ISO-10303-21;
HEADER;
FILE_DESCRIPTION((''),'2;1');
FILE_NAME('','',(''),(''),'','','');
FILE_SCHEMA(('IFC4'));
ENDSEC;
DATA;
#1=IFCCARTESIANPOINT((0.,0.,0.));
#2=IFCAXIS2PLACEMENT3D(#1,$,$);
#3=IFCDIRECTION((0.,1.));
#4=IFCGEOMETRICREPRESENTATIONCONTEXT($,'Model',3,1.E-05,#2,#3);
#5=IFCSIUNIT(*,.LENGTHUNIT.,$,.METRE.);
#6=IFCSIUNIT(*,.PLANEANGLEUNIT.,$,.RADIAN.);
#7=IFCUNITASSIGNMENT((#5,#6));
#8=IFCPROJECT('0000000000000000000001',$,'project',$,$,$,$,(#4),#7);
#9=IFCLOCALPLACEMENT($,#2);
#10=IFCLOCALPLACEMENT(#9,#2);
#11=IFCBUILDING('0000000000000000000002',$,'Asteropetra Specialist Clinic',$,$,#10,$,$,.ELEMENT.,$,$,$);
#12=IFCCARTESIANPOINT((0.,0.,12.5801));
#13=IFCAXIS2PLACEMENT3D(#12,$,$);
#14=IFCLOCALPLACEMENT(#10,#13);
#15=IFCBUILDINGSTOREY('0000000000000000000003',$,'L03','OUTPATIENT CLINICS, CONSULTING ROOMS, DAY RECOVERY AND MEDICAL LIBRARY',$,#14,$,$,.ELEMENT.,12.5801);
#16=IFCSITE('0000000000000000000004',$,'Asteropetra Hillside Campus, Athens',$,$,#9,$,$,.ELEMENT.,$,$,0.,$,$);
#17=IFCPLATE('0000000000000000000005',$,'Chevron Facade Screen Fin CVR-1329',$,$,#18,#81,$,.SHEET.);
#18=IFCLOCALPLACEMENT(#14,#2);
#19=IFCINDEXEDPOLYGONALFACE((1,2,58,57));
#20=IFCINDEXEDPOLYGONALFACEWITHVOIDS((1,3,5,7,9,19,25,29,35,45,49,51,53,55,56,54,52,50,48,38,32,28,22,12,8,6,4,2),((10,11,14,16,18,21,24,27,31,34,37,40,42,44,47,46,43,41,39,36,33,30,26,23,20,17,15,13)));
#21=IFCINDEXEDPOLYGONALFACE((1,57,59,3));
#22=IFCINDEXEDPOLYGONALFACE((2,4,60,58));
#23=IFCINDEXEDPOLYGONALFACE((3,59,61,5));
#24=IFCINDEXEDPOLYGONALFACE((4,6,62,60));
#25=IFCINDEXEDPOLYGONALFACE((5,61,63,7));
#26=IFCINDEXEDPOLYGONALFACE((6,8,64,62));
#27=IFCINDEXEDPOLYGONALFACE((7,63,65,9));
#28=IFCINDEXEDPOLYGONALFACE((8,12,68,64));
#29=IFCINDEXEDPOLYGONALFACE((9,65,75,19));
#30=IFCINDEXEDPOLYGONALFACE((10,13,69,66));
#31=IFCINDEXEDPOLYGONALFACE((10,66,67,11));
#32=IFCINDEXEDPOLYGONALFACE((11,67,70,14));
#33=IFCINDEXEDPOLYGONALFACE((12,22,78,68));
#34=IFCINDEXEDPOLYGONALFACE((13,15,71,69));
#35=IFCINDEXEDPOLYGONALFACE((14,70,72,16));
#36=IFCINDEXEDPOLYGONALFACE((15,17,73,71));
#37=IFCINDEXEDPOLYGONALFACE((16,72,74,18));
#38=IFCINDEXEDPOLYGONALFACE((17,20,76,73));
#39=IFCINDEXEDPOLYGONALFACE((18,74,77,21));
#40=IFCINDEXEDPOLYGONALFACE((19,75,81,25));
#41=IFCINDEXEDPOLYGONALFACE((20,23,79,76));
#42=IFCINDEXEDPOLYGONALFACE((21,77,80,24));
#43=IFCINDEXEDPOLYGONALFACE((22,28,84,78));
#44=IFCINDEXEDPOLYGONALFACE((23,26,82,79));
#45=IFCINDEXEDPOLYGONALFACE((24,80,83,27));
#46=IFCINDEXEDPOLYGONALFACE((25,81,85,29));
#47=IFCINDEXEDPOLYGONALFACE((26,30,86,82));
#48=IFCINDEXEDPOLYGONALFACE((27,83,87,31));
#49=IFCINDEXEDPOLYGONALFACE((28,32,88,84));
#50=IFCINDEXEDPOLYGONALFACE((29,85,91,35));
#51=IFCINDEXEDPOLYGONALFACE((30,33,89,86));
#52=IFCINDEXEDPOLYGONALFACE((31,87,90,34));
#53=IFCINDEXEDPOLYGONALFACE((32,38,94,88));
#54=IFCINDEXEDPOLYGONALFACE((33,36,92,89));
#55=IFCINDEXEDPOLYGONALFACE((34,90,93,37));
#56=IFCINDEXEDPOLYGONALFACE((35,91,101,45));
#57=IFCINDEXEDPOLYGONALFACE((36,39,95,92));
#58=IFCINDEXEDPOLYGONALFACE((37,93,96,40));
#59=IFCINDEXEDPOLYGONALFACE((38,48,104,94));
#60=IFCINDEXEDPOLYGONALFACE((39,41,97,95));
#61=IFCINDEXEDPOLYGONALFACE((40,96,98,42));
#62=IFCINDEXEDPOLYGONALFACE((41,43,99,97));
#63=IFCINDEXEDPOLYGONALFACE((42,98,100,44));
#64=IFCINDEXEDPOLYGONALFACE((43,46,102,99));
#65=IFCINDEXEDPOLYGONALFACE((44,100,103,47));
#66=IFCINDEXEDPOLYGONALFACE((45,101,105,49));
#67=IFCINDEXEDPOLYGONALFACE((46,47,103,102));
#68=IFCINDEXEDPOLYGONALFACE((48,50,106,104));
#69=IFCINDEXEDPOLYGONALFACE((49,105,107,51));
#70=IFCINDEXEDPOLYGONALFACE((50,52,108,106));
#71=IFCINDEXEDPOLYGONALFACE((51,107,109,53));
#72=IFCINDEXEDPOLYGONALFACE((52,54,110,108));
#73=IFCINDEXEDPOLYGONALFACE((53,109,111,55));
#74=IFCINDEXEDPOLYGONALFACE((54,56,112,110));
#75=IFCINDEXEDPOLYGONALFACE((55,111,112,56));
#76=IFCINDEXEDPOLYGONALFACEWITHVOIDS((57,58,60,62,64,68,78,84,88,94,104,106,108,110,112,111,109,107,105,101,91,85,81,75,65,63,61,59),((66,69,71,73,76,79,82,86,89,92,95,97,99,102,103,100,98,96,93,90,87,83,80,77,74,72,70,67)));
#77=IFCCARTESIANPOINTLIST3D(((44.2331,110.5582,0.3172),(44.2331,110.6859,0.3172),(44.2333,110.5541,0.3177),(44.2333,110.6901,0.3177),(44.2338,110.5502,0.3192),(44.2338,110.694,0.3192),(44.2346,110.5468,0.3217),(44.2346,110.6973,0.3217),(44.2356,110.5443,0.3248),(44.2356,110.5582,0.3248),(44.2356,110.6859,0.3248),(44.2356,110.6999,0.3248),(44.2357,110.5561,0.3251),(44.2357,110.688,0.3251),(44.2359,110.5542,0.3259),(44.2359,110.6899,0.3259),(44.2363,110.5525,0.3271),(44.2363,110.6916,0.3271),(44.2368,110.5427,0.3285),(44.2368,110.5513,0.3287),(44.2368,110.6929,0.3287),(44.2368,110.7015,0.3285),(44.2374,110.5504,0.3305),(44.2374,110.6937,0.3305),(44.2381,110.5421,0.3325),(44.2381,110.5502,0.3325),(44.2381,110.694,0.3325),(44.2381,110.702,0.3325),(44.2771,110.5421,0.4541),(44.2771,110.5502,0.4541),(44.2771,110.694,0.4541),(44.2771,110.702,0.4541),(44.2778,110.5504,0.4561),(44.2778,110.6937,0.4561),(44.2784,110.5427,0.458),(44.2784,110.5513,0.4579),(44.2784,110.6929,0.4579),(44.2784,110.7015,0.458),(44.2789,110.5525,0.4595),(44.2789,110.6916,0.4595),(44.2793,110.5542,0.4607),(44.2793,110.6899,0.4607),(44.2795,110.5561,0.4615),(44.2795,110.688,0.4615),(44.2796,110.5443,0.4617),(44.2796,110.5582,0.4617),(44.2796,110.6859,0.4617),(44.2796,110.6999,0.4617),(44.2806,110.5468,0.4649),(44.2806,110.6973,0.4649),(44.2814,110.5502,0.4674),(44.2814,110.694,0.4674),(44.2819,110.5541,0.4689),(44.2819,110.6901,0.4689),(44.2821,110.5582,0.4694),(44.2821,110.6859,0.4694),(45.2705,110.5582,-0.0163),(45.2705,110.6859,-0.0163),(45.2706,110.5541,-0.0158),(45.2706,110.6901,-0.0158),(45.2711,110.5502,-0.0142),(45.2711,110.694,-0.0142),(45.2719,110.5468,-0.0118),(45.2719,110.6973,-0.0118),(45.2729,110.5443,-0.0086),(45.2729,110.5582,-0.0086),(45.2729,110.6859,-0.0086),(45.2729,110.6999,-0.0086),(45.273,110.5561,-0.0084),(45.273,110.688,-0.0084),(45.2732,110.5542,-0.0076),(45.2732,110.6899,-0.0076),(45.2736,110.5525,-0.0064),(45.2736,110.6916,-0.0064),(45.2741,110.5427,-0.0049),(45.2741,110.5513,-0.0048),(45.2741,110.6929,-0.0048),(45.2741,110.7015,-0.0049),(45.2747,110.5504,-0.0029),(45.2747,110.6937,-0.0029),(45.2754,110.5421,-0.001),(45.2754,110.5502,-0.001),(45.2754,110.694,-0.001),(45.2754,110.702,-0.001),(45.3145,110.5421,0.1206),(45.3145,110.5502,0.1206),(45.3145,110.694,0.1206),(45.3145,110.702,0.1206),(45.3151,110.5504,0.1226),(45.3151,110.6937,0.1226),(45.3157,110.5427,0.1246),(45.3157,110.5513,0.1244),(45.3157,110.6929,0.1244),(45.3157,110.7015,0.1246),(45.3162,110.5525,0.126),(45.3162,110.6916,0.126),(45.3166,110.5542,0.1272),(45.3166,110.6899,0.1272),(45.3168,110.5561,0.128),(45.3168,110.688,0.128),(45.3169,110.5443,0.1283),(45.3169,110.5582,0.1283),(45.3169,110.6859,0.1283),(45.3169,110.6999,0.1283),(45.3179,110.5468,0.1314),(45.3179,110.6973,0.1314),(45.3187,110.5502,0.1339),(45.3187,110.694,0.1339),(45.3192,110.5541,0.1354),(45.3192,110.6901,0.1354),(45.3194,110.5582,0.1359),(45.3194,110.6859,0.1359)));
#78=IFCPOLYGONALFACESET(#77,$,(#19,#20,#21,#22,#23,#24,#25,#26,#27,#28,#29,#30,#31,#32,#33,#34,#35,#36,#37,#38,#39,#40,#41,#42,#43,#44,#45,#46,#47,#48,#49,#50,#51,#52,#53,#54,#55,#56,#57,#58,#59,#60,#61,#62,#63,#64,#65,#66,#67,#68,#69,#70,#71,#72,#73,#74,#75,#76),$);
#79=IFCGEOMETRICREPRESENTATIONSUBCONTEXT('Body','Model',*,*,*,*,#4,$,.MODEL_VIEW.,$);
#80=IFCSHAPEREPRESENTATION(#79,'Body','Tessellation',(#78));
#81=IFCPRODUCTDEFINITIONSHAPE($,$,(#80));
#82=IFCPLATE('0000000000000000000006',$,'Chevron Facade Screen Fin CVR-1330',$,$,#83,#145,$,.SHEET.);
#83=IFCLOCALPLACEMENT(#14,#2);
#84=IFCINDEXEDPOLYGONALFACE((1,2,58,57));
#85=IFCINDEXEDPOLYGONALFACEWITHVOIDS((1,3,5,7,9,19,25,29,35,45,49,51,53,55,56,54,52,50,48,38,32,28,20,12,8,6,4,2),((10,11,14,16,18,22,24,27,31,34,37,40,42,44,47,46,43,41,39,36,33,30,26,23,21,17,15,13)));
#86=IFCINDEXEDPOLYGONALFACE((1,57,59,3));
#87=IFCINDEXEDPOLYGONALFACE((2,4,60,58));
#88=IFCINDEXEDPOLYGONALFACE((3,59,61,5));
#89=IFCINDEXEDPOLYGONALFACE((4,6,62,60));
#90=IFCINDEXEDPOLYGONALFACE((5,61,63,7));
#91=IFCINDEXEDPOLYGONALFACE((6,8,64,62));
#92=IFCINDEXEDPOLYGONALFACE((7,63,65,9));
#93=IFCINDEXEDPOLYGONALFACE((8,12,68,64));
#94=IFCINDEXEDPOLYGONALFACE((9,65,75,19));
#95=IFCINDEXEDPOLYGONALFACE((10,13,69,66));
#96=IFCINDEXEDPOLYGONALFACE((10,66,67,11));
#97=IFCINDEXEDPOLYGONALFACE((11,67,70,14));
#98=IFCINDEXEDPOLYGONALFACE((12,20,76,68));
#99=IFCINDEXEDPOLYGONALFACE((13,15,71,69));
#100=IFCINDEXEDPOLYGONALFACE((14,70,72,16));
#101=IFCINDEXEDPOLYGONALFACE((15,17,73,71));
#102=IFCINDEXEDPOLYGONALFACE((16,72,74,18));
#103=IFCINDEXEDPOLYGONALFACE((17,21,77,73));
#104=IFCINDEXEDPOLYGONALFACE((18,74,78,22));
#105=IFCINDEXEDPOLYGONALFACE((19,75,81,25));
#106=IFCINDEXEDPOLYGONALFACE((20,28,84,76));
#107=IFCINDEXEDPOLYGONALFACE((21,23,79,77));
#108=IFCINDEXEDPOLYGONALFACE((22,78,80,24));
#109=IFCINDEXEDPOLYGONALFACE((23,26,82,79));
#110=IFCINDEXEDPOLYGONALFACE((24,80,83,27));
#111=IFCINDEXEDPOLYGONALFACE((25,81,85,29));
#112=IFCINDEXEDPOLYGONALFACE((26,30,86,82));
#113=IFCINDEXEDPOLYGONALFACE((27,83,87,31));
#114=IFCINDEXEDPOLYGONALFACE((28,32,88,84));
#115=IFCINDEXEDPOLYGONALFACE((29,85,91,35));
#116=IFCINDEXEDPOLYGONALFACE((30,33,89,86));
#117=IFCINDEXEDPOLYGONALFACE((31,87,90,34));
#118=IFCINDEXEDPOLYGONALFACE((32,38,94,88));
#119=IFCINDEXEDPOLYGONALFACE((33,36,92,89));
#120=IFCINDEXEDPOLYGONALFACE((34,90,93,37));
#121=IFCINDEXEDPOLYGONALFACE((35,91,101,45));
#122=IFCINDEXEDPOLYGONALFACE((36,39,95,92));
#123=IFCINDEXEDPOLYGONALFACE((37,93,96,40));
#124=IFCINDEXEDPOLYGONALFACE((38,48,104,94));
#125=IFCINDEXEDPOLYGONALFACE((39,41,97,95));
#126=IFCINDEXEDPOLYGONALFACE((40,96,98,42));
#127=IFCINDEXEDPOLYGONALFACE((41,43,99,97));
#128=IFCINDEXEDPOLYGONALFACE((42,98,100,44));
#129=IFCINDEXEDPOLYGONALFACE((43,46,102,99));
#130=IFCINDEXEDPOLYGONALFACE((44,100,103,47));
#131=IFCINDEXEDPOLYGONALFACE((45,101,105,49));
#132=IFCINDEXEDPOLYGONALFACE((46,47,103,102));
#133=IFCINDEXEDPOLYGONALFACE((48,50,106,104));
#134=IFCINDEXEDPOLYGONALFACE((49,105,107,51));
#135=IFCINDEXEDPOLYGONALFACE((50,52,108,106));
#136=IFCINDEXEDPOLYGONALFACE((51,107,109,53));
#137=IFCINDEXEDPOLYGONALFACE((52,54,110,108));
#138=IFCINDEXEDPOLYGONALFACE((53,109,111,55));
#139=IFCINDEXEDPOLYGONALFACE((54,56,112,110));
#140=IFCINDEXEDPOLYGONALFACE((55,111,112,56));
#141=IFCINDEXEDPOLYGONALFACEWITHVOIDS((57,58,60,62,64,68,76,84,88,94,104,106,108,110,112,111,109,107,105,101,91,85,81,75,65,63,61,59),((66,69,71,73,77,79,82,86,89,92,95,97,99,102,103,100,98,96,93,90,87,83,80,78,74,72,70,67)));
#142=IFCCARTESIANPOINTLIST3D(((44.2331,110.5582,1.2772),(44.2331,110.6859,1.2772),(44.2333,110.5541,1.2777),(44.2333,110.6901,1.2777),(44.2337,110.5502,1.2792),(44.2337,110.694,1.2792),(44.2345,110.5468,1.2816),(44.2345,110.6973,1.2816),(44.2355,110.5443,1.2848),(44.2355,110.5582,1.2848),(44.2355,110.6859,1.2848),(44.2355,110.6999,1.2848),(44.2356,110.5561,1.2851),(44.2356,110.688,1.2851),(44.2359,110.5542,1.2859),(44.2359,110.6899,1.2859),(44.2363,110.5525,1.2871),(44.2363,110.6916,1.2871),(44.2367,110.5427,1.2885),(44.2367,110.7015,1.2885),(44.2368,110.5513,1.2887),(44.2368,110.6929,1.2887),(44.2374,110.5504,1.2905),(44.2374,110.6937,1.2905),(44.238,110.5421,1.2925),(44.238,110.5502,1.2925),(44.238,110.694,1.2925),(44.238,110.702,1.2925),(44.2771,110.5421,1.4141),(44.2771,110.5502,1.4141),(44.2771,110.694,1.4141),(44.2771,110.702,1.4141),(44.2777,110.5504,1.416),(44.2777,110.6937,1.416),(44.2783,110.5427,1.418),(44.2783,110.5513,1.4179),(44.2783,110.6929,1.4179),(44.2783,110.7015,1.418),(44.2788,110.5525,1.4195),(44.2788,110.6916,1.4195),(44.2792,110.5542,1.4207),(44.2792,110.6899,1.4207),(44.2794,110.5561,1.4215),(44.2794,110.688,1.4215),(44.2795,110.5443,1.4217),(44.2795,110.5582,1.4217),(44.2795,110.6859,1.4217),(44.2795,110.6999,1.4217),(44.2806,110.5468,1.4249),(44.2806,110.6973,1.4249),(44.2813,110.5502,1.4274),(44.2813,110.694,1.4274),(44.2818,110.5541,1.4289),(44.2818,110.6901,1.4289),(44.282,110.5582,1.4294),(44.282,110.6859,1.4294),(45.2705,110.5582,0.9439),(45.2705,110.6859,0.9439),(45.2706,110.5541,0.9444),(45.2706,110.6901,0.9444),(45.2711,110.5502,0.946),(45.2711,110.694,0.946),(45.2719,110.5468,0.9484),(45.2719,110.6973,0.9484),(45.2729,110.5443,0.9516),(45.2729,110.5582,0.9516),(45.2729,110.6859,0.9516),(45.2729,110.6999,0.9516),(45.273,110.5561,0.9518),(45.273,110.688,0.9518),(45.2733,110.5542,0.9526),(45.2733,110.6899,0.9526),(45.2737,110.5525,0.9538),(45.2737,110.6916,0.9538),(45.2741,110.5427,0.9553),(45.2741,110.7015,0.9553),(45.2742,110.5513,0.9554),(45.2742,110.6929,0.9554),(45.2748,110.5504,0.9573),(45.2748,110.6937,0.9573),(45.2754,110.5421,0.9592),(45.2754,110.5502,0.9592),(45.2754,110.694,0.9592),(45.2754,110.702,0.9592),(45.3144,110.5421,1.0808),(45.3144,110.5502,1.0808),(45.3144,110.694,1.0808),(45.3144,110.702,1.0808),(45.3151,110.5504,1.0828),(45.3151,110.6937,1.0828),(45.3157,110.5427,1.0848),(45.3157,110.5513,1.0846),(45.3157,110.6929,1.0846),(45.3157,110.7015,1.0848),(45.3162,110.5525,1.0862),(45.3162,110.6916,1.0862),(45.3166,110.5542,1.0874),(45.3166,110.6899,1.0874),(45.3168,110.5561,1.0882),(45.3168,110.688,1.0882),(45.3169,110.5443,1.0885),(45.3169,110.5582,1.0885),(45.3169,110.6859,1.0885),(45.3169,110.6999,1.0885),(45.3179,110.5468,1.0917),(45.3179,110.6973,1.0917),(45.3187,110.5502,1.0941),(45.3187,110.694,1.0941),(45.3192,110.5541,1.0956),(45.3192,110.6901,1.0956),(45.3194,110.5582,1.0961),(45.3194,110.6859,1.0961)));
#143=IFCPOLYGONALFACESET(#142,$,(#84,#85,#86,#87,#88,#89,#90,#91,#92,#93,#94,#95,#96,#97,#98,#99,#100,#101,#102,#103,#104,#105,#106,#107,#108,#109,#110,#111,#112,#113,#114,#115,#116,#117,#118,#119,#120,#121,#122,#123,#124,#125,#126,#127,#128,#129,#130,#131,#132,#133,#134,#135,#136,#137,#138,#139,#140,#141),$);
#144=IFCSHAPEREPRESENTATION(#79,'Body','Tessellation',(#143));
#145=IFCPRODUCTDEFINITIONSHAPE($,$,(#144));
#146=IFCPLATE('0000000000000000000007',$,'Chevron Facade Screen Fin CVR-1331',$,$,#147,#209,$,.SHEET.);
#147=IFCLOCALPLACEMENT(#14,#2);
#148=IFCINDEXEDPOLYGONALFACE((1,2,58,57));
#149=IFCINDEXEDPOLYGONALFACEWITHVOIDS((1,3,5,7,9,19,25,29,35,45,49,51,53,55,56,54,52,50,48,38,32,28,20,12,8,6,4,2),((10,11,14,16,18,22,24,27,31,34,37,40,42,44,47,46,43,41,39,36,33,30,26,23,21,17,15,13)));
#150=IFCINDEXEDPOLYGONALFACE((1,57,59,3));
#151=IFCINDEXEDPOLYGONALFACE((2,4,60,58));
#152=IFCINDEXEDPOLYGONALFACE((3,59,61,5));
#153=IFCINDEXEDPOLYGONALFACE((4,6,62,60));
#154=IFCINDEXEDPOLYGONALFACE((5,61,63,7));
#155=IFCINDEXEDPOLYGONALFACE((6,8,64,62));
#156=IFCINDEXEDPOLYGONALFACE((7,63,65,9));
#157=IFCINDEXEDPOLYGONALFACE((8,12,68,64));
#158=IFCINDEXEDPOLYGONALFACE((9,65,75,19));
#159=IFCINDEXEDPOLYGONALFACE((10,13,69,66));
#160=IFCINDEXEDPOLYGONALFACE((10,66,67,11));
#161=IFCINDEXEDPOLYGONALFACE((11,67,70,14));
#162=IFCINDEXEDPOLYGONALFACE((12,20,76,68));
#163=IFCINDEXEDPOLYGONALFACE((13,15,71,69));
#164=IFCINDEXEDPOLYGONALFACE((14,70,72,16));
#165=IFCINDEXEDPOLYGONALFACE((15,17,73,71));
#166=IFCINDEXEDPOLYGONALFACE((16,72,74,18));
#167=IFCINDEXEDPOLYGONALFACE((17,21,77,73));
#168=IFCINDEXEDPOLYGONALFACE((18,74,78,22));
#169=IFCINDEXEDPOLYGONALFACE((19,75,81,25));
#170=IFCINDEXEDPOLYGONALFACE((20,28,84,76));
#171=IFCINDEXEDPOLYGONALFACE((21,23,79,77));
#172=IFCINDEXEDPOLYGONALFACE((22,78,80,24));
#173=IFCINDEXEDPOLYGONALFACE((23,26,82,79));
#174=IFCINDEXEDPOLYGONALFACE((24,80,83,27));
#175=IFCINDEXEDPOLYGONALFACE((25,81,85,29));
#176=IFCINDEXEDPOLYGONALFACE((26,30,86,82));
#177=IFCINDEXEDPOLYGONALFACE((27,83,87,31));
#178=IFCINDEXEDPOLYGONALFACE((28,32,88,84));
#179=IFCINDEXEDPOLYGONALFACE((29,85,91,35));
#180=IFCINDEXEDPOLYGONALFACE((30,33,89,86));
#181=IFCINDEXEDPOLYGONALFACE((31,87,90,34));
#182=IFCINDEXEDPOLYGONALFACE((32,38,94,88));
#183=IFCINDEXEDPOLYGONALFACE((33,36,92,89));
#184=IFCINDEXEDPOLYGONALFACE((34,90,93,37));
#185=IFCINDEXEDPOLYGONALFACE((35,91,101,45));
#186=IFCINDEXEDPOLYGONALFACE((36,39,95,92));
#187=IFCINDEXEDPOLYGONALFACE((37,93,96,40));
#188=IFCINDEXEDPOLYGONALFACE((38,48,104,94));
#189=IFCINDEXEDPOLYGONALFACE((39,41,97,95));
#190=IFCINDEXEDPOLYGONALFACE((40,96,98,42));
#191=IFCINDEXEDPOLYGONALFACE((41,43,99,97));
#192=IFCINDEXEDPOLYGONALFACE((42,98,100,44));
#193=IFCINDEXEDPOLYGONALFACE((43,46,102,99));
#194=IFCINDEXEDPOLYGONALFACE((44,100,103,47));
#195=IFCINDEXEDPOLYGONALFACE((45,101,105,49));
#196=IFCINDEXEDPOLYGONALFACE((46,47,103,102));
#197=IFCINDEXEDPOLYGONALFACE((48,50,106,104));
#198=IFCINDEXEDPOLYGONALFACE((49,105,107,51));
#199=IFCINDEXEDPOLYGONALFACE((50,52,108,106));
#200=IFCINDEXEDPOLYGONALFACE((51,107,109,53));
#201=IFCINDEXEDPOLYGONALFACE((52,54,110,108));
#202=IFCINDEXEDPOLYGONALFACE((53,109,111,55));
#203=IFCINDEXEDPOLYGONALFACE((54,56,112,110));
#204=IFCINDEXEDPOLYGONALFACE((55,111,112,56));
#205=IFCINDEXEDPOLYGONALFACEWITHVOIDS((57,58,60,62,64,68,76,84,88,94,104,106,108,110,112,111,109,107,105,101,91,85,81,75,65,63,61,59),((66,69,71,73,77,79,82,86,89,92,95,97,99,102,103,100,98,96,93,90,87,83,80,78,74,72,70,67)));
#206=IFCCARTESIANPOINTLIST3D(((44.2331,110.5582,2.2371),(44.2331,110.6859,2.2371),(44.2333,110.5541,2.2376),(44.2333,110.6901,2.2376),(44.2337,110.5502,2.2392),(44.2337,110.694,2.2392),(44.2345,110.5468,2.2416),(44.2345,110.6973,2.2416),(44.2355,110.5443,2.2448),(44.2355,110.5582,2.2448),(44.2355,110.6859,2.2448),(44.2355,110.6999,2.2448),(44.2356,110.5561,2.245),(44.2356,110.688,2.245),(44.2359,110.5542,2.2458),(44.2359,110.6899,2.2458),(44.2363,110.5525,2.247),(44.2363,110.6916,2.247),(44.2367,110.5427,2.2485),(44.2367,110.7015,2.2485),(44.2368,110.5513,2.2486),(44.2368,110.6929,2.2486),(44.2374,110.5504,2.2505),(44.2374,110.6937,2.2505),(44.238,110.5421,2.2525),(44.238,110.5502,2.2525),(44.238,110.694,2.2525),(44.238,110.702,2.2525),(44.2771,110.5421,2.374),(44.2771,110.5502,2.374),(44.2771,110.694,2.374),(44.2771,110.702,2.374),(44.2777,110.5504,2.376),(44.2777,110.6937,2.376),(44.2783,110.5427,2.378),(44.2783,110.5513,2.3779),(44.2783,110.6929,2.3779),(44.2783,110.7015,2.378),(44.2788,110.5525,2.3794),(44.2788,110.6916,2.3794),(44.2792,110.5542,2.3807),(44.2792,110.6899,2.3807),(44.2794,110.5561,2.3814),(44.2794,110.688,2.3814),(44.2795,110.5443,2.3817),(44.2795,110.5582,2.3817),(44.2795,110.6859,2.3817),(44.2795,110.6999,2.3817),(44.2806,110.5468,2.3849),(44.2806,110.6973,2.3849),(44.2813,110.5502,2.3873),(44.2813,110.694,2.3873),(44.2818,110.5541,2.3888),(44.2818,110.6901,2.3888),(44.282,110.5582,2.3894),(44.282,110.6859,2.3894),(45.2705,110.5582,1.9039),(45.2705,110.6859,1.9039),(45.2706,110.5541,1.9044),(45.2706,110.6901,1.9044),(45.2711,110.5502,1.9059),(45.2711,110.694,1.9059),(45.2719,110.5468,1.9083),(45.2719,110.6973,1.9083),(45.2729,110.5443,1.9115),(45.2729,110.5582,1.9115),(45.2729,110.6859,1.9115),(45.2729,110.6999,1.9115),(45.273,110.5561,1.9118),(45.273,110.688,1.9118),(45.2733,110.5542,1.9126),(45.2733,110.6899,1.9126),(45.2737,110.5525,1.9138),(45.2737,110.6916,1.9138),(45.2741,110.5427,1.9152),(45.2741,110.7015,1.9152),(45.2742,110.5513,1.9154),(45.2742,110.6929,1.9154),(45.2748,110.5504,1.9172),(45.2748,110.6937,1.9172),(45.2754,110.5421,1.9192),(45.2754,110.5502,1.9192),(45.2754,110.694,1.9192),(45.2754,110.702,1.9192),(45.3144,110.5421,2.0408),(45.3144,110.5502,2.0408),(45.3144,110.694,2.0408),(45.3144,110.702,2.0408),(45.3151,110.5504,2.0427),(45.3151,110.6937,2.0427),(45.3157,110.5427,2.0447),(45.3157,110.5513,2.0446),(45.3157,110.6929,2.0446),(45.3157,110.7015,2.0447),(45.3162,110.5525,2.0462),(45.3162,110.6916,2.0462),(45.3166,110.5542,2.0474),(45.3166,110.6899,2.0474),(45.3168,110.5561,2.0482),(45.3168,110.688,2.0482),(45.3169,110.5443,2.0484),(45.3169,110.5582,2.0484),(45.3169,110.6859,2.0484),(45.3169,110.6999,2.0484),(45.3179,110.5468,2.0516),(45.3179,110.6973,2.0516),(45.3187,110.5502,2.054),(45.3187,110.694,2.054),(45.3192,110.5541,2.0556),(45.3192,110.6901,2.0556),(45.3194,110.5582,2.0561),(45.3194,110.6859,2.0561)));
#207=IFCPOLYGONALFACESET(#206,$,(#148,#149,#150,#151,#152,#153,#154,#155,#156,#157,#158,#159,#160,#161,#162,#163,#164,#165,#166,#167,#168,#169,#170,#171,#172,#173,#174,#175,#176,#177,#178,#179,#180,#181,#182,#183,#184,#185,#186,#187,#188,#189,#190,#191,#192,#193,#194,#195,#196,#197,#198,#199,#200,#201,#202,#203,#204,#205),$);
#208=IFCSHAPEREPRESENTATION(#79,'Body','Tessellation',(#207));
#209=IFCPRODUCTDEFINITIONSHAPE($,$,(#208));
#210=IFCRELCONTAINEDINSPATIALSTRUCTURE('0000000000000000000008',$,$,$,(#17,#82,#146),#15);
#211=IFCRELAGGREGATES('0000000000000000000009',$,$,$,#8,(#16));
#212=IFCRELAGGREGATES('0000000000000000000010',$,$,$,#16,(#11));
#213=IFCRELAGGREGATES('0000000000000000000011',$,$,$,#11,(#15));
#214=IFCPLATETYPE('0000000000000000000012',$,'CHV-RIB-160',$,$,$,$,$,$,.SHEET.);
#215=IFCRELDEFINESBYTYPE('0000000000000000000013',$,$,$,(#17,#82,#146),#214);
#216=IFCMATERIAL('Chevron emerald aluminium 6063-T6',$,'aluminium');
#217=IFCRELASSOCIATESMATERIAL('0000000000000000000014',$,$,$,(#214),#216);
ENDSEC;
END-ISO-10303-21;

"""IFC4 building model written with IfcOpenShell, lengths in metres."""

from ifc_helpers import new_model, si_unit, direction, frame, origin, origin_2d, place, context, subcontext, project, spatial, hollow_rectangle, extrude, material, material_profile, profile_set, type_object, element, save


model = new_model("IFC4")

# Units and contexts
model_context = context("Model", 3, precision=1e-05, world=origin(), true_north=direction((0.0, 1.0)))
body_context = subcontext(model_context, "Body", "Model", "MODEL_VIEW")
ifc_project = project(units=[si_unit("LENGTHUNIT", "METRE"), si_unit("PLANEANGLEUNIT", "RADIAN")], contexts=[model_context])

# Site, building, storey
site_placement = place(None, origin())
site = spatial("IfcSite", under=ifc_project, at=site_placement, Name="Asteropetra Hillside Campus, Athens", CompositionType="ELEMENT", RefElevation=0.0)
building_placement = place(site_placement, origin())
building = spatial("IfcBuilding", under=site, at=building_placement, Name="Asteropetra Specialist Clinic", CompositionType="ELEMENT")
storey_placement = place(building_placement, frame((0.0, 0.0, 12.5801)))
storey = spatial("IfcBuildingStorey", under=building, at=storey_placement, Name="L03", Description="OUTPATIENT CLINICS, CONSULTING ROOMS, DAY RECOVERY AND MEDICAL LIBRARY", CompositionType="ELEMENT", Elevation=12.5801)

# Plates
ifc_material_1 = material(Name="Chevron emerald aluminium 6063-T6", Category="aluminium")
ifc_material_profile = material_profile(ifc_material_1, hollow_rectangle(XDim=0.1599, YDim=0.1599, WallThickness=0.0081, InnerFilletRadius=0.0081, OuterFilletRadius=0.0161, at=origin_2d()), Name="SHS 160x160x8.0")
ifc_profile_set = profile_set([ifc_material_profile], Name="Chevron emerald aluminium 6063-T6")
plate_type_1 = type_object("IfcPlateType", Name="CHV-RIB-160", PredefinedType="SHEET", material=ifc_profile_set)
for number, where, z_axis, x_axis, name in (
    (1, (45.2949, 110.6221, 0.0598), (-0.952012, 0.0, 0.30606), (0.0, -1.0, 0.0), "Chevron Facade Screen Fin CVR-1329"),
    (2, (45.2949, 110.6221, 1.02), (-0.952078, 0.0, 0.305857), (0.0, -1.0, 0.0), "Chevron Facade Screen Fin CVR-1330"),
    (3, (45.2949, 110.6221, 1.98), (-0.952078, 0.0, 0.305857), (0.0, -1.0, 0.0), "Chevron Facade Screen Fin CVR-1331"),
):
    element("IfcPlate", number, at=place(storey_placement, frame(where, z_axis=z_axis, x_axis=x_axis)), inside=storey, type_object=plate_type_1, Name=name, PredefinedType="SHEET", context=body_context, shape_type="SweptSolid", body=[
        extrude(hollow_rectangle(XDim=0.1599, YDim=0.1599, WallThickness=0.0081, InnerFilletRadius=0.0081, OuterFilletRadius=0.0161, at=origin_2d()), origin(), (0.0, 0.0, 1.0), 1.0896),
    ])

save(model, "model.ifc")
